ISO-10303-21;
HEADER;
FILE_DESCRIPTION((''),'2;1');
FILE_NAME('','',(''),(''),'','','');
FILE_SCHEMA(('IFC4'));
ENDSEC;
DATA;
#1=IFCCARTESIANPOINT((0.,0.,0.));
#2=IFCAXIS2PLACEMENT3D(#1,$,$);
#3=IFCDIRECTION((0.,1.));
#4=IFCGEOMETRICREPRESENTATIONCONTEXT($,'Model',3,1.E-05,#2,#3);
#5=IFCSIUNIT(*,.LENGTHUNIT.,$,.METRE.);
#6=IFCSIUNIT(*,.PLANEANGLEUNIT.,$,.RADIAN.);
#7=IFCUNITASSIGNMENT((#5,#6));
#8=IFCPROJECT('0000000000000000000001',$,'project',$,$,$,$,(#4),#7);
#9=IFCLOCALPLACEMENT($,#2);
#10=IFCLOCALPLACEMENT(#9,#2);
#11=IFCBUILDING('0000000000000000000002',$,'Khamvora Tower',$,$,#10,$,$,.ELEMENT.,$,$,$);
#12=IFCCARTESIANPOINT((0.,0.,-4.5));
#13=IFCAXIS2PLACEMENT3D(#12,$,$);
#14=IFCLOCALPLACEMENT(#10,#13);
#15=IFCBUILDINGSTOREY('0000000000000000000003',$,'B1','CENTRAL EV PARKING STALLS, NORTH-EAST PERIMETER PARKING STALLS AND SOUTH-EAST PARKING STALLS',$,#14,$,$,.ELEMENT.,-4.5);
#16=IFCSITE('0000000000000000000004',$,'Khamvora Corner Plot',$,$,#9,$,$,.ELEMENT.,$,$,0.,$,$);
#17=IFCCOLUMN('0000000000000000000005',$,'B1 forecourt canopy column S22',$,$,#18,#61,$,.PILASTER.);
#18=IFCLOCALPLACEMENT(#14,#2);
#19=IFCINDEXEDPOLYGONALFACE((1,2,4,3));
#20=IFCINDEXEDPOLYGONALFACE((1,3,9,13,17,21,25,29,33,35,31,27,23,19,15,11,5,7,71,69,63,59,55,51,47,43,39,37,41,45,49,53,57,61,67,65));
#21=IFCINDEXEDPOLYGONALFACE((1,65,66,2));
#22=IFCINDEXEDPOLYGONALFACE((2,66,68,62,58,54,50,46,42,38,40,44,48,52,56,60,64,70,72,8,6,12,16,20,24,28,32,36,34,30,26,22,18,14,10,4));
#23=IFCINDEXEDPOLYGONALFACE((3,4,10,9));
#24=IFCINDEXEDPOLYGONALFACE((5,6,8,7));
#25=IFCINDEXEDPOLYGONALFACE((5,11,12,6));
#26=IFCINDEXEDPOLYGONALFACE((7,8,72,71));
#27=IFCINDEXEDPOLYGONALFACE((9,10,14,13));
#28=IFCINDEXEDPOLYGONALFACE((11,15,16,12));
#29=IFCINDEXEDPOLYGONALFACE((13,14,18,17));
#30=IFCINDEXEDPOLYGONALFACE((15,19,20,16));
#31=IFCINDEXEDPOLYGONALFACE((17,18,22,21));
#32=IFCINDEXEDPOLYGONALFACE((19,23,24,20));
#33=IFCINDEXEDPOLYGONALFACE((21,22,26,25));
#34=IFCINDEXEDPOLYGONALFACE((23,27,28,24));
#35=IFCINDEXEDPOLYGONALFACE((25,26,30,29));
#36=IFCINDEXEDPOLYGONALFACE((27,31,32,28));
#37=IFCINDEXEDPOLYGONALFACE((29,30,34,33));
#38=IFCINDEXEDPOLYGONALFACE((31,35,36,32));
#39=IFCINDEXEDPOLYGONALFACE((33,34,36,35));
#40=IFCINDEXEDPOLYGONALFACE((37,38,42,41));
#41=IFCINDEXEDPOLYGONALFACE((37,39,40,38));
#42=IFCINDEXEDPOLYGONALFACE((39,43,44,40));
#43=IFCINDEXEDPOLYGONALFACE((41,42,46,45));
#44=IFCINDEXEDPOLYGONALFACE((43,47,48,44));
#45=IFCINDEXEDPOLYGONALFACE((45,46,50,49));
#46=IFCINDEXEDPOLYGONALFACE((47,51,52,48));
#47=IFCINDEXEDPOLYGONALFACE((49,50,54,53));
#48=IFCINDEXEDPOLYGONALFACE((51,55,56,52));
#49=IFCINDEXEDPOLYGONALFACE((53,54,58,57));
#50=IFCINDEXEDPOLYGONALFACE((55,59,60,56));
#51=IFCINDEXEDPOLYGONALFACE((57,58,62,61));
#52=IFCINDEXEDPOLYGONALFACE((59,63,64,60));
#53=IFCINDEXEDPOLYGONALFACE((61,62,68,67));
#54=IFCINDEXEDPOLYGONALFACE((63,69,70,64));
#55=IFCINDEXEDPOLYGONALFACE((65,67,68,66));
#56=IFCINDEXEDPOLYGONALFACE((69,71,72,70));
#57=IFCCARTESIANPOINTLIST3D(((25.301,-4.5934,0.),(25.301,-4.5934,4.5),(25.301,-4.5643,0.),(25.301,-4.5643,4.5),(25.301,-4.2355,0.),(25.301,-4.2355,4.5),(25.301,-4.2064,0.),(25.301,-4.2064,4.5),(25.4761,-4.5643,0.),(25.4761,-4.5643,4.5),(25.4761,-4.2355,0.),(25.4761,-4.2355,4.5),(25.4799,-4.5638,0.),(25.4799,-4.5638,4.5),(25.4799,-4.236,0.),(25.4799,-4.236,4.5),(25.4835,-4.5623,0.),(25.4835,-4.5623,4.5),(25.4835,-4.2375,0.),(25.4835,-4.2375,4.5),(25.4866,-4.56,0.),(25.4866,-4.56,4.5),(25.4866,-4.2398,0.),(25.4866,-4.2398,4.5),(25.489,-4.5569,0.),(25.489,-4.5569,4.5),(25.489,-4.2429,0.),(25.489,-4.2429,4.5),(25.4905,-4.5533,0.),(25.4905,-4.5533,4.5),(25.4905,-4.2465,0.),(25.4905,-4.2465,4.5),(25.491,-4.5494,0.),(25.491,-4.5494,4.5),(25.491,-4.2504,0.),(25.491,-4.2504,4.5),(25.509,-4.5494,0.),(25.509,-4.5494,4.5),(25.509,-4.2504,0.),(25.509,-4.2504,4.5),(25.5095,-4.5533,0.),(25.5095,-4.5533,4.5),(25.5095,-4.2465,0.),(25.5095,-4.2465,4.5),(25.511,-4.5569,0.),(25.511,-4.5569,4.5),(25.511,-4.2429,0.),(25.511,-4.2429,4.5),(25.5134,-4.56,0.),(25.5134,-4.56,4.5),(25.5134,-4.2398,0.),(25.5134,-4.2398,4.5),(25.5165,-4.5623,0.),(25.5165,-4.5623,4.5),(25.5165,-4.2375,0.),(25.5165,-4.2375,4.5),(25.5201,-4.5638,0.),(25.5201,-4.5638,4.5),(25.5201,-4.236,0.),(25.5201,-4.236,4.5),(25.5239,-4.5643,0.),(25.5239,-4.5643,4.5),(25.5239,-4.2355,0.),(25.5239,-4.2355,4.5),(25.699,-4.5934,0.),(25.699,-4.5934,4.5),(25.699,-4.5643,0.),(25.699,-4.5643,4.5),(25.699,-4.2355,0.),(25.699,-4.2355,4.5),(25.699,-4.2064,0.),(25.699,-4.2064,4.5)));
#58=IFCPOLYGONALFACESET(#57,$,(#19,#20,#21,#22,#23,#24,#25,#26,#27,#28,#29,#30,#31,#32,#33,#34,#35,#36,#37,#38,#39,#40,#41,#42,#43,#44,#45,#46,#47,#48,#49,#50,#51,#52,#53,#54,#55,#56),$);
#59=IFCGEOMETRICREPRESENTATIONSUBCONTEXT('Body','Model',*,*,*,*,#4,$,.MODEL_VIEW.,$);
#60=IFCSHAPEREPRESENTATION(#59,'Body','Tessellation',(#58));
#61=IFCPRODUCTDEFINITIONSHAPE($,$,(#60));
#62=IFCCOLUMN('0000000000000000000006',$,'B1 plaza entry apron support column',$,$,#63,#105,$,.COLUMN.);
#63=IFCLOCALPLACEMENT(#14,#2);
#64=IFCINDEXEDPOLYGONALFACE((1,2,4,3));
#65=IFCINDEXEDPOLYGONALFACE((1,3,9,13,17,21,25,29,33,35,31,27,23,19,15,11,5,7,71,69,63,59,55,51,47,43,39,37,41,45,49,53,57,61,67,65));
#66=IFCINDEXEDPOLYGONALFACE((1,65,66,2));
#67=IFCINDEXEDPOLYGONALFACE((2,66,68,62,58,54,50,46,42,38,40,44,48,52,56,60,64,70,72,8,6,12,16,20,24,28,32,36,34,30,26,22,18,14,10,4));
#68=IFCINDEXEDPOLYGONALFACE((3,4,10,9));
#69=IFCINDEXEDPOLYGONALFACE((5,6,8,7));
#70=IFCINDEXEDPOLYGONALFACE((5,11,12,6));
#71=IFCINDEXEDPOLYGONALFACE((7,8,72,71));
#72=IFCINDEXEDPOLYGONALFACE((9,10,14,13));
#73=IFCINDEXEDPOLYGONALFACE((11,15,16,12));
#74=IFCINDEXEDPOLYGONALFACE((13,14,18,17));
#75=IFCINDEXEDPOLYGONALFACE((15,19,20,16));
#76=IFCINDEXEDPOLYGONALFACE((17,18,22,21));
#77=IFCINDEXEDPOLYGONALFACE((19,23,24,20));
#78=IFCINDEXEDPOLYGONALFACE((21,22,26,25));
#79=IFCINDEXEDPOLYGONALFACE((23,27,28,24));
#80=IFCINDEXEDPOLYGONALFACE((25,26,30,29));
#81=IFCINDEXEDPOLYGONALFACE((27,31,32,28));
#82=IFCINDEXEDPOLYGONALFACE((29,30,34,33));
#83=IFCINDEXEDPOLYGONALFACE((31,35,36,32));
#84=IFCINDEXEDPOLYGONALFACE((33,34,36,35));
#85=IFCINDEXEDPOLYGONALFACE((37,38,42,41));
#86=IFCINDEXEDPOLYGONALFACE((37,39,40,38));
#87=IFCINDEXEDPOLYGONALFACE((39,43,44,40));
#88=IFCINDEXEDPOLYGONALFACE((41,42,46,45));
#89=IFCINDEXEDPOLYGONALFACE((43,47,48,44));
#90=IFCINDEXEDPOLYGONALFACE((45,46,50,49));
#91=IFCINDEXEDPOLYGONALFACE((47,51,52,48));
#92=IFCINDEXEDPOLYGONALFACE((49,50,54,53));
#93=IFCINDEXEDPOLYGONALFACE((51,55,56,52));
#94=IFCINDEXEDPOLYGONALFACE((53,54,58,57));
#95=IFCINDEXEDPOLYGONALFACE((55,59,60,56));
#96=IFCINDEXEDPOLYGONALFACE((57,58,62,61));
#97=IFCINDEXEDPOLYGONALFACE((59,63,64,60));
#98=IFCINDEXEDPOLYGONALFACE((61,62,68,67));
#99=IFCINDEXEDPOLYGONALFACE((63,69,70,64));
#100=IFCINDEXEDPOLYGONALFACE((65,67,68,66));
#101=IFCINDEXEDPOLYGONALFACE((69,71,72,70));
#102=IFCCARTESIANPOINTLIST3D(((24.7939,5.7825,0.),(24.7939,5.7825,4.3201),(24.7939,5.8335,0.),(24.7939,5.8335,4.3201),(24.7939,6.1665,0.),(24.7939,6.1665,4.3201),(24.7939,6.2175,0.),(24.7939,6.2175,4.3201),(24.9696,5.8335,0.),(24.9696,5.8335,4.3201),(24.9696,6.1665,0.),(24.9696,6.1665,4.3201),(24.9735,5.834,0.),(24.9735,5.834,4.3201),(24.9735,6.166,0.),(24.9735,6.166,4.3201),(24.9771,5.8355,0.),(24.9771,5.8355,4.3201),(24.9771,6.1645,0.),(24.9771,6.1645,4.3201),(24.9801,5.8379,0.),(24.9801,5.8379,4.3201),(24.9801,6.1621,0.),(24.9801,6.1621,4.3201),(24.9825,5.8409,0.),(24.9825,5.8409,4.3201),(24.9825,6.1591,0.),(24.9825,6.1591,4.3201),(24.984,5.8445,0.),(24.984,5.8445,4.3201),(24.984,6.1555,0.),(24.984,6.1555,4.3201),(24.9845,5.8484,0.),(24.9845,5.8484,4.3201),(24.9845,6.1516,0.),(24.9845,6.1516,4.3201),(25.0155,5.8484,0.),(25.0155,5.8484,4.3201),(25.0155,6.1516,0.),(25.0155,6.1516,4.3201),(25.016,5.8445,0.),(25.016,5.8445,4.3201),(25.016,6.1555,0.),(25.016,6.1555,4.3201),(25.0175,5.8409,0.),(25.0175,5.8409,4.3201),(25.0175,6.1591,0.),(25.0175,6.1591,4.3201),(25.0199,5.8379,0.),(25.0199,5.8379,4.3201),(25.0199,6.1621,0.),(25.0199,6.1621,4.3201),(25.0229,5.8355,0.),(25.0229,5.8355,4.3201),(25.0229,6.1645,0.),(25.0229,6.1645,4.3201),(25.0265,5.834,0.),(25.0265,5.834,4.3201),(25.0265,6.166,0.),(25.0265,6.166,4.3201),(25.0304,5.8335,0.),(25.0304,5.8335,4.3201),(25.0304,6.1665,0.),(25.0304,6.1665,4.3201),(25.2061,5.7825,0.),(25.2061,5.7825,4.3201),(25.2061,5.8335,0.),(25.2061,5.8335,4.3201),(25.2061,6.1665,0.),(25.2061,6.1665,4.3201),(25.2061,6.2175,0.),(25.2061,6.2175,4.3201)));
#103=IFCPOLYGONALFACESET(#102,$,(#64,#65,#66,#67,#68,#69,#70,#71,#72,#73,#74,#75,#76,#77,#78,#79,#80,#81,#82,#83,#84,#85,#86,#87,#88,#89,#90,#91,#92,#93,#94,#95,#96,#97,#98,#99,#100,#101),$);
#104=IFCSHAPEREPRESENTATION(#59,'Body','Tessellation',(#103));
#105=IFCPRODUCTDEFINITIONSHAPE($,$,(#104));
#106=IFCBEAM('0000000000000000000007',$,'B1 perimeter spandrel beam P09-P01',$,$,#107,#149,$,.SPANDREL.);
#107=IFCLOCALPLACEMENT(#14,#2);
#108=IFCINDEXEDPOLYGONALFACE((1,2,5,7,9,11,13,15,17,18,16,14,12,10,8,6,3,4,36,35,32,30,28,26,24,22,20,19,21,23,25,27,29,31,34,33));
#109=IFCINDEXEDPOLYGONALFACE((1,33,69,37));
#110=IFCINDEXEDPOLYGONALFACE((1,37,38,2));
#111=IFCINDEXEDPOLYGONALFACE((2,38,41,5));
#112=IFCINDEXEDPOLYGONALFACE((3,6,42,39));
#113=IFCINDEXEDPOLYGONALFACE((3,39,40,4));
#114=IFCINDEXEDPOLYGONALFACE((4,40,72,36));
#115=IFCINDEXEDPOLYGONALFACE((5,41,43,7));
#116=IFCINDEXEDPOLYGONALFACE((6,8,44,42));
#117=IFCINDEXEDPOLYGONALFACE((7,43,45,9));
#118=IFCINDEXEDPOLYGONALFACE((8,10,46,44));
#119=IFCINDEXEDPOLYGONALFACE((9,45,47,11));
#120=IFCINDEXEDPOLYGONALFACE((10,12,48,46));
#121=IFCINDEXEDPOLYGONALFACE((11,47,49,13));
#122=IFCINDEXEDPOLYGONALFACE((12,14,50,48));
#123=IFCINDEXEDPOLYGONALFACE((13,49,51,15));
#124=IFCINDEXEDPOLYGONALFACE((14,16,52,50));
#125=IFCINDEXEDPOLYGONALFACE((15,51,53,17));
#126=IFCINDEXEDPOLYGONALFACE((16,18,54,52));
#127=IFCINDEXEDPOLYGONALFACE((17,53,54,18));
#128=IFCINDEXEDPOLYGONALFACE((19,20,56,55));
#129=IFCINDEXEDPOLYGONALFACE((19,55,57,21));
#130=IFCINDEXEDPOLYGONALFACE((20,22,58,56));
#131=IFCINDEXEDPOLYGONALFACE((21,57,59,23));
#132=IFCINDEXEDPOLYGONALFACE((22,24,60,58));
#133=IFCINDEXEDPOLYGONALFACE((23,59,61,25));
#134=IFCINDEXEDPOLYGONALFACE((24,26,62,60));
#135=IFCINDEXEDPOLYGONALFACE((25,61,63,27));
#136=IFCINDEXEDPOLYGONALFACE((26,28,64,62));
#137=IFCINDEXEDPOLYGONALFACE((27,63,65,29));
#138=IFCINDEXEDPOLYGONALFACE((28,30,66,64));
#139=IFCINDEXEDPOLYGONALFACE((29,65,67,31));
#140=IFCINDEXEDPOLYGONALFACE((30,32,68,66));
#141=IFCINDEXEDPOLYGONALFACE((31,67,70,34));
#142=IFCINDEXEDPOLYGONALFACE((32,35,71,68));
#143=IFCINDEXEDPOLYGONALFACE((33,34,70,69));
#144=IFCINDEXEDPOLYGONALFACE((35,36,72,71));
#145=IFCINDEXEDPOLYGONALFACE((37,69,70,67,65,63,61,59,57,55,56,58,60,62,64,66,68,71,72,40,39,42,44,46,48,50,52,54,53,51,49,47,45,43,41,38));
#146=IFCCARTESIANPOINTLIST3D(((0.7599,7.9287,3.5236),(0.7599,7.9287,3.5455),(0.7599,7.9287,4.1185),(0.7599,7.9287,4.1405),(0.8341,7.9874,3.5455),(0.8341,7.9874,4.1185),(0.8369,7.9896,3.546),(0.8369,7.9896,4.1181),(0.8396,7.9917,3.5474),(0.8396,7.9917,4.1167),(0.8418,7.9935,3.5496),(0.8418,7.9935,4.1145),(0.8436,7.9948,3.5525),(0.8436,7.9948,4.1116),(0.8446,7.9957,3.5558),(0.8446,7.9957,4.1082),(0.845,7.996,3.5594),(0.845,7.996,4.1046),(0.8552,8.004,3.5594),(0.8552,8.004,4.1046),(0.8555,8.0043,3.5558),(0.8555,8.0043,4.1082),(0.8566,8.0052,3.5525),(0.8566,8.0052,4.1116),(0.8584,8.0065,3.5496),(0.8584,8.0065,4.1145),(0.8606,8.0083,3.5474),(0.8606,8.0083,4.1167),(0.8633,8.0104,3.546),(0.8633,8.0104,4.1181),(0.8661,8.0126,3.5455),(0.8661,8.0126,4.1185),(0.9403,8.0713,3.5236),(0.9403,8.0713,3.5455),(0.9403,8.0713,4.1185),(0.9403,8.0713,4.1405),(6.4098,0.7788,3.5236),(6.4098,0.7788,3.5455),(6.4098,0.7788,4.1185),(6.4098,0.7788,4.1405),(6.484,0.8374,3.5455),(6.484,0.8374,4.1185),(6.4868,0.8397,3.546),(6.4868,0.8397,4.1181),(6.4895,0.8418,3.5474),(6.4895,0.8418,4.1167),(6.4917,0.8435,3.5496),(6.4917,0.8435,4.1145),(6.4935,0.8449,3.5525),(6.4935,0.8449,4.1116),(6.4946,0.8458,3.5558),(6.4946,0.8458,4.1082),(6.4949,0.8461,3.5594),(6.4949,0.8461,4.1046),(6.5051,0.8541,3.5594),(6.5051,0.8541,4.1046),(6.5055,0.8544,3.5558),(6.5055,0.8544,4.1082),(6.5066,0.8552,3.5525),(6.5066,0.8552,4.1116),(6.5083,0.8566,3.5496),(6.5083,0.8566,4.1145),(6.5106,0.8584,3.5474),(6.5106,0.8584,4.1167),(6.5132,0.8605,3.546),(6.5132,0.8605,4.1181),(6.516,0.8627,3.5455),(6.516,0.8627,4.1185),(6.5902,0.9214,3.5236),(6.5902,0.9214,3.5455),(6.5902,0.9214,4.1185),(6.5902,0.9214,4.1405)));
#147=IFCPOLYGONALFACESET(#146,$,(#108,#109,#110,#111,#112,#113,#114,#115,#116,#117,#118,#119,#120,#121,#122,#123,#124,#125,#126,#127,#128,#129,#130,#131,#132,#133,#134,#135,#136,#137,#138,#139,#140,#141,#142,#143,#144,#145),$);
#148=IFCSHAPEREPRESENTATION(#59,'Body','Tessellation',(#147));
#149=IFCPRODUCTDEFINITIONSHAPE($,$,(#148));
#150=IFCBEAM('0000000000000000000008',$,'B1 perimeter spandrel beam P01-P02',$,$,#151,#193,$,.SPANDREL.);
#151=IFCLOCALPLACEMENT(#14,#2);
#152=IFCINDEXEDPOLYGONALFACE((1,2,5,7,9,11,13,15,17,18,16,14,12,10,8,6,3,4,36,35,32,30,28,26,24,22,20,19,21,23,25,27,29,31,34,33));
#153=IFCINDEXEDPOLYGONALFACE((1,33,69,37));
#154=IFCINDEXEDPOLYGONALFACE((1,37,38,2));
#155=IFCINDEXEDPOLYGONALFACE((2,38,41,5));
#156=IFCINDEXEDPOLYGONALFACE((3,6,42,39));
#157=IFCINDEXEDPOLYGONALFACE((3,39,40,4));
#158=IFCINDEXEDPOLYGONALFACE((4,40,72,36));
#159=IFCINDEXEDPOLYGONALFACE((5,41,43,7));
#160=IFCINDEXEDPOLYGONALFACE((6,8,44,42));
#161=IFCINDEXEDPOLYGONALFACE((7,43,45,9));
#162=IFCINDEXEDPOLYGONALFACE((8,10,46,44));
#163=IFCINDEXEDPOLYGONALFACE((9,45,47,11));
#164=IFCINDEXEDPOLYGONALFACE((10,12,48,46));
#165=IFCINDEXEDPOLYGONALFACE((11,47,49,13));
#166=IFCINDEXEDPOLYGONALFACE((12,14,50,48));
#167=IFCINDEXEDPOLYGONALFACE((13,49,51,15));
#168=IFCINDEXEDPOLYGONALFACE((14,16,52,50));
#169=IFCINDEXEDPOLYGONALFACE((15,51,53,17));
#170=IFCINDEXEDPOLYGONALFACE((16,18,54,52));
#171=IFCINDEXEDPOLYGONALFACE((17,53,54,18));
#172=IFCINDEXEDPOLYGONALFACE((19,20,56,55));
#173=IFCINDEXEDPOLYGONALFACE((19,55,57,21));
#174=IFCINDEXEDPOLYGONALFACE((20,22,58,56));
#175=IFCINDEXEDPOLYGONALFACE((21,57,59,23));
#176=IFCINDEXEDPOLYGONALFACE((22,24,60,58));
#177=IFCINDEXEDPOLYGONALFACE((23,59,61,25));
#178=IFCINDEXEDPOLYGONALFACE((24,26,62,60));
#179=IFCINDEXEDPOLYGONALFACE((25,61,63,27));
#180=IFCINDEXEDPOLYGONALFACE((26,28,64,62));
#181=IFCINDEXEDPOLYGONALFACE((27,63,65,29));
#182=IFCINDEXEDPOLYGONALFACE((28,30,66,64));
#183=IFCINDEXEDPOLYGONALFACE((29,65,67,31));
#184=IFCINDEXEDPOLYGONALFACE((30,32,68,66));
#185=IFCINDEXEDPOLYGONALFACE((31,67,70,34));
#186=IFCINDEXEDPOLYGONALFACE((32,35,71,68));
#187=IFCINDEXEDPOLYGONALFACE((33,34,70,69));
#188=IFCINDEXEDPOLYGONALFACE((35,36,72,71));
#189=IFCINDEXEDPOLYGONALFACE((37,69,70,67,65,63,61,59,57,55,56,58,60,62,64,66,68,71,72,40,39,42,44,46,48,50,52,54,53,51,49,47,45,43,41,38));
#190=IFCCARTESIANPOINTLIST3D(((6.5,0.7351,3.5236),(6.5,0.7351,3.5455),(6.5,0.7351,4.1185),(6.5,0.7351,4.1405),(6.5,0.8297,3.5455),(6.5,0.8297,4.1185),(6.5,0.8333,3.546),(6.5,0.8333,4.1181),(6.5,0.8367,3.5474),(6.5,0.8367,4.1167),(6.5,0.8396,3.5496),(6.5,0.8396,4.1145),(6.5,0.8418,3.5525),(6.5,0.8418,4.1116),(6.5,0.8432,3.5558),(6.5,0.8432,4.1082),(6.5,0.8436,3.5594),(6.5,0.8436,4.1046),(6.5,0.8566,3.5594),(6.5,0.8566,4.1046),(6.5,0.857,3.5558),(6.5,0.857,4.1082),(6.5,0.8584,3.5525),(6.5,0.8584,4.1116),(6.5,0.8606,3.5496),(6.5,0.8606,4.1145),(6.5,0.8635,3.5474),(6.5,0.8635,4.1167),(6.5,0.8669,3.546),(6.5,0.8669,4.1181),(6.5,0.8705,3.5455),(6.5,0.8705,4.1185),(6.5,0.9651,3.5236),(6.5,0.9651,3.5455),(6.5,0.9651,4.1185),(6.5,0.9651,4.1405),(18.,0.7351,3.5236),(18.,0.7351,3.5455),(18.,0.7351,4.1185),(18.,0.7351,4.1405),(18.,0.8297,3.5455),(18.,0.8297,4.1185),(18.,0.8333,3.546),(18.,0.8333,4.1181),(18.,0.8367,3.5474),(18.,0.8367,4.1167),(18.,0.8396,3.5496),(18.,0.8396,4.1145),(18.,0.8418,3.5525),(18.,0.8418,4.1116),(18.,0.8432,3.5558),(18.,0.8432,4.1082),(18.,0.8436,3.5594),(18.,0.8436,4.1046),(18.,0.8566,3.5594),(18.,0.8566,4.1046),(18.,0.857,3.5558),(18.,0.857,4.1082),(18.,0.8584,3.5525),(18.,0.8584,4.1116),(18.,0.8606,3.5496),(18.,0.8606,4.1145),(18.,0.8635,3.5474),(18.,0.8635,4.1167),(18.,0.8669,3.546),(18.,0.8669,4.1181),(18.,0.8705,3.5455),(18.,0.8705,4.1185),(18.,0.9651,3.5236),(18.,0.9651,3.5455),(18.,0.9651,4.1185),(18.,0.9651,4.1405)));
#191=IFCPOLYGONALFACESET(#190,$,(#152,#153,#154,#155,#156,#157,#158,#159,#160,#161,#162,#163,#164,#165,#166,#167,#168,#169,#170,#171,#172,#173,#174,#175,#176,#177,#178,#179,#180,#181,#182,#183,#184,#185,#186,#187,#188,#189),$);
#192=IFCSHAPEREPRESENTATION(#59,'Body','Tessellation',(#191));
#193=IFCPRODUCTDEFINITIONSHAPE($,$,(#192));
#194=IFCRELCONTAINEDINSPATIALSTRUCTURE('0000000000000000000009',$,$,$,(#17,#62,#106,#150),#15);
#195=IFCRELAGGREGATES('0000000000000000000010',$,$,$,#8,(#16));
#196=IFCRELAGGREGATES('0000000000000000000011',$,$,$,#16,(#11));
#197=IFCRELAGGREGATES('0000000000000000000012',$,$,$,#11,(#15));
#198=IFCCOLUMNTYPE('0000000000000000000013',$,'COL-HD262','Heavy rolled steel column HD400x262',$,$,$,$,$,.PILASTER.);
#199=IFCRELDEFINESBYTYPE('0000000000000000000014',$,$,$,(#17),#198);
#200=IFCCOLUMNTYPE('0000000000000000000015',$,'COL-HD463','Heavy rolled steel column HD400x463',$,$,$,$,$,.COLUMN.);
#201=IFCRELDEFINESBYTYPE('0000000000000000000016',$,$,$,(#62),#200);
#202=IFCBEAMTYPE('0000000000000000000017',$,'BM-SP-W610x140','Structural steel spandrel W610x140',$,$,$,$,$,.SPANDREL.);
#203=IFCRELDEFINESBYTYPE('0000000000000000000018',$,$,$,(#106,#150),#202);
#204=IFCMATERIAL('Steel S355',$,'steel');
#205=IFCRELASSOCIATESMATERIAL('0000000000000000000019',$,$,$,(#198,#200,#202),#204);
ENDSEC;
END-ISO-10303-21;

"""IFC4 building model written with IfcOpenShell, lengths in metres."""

from ifc_helpers import new_model, si_unit, direction, frame, origin, origin_2d, place, context, subcontext, project, spatial, i_section, extrude, material, material_profile, profile_set, type_object, element, save


model = new_model("IFC4")

# Units and contexts
model_context = context("Model", 3, precision=1e-05, world=origin(), true_north=direction((0.0, 1.0)))
body_context = subcontext(model_context, "Body", "Model", "MODEL_VIEW")
ifc_project = project(units=[si_unit("LENGTHUNIT", "METRE"), si_unit("PLANEANGLEUNIT", "RADIAN")], contexts=[model_context])

# Site, building, storey
site_placement = place(None, origin())
site = spatial("IfcSite", under=ifc_project, at=site_placement, Name="Khamvora Corner Plot", CompositionType="ELEMENT", RefElevation=0.0)
building_placement = place(site_placement, origin())
building = spatial("IfcBuilding", under=site, at=building_placement, Name="Khamvora Tower", CompositionType="ELEMENT")
storey_placement = place(building_placement, frame((0.0, 0.0, -4.5)))
storey = spatial("IfcBuildingStorey", under=building, at=storey_placement, Name="B1", Description="CENTRAL EV PARKING STALLS, NORTH-EAST PERIMETER PARKING STALLS AND SOUTH-EAST PARKING STALLS", CompositionType="ELEMENT", Elevation=-4.5)

# Columns
ifc_material_1 = material(Name="Steel S355", Category="steel")
ifc_material_profile_1 = material_profile(ifc_material_1, i_section(OverallWidth=0.3979, OverallDepth=0.387, WebThickness=0.0181, FlangeThickness=0.0291, FilletRadius=0.0149, at=origin_2d()), Name="HD400x262")
ifc_profile_set_1 = profile_set([ifc_material_profile_1], Name="Steel S355")
column_type_1 = type_object("IfcColumnType", Name="COL-HD262", Description="Heavy rolled steel column HD400x262", PredefinedType="PILASTER", material=ifc_profile_set_1)
for number, where, z_axis, x_axis, name in (
    (1, (25.5, -4.3999, 0.0), (0.0, 0.0, 1.0), (1.0, 0.0, 0.0), "B1 forecourt canopy column S22"),
):
    element("IfcColumn", number, at=place(storey_placement, frame(where, z_axis=z_axis, x_axis=x_axis)), inside=storey, type_object=column_type_1, Name=name, PredefinedType="PILASTER", context=body_context, shape_type="SweptSolid", body=[
        extrude(i_section(OverallWidth=0.3979, OverallDepth=0.387, WebThickness=0.0181, FlangeThickness=0.0291, FilletRadius=0.0149, at=origin_2d()), origin(), (0.0, 0.0, 1.0), 4.5),
    ])
ifc_material_profile_2 = material_profile(ifc_material_1, i_section(OverallWidth=0.4121, OverallDepth=0.4351, WebThickness=0.031, FlangeThickness=0.051, FilletRadius=0.0149, at=origin_2d()), Name="HD400x463")
ifc_profile_set_2 = profile_set([ifc_material_profile_2], Name="Steel S355")
column_type_2 = type_object("IfcColumnType", Name="COL-HD463", Description="Heavy rolled steel column HD400x463", PredefinedType="COLUMN", material=ifc_profile_set_2)
column_placement = place(storey_placement, frame((25.0, 6.0, 0.0), z_axis=(0.0, 0.0, 1.0), x_axis=(1.0, 0.0, 0.0)))
element("IfcColumn", 2, at=column_placement, inside=storey, type_object=column_type_2, Name="B1 plaza entry apron support column", PredefinedType="COLUMN", context=body_context, shape_type="SweptSolid", body=[
    extrude(i_section(OverallWidth=0.4121, OverallDepth=0.4351, WebThickness=0.031, FlangeThickness=0.051, FilletRadius=0.0149, at=origin_2d()), origin(), (0.0, 0.0, 1.0), 4.3201),
])

# Beams
ifc_material_profile_3 = material_profile(ifc_material_1, i_section(OverallWidth=0.23, OverallDepth=0.6169, WebThickness=0.0129, FlangeThickness=0.022, FilletRadius=0.0139, at=origin_2d()), Name="W610x140")
ifc_profile_set_3 = profile_set([ifc_material_profile_3], Name="Steel S355")
beam_type = type_object("IfcBeamType", Name="BM-SP-W610x140", Description="Structural steel spandrel W610x140", PredefinedType="SPANDREL", material=ifc_profile_set_3)
beam_1_placement = place(storey_placement, frame((0.8501, 8.0, 3.832), z_axis=(0.619999, -0.784603, 0.0), x_axis=(0.784603, 0.619999, 0.0)))
element("IfcBeam", 3, at=beam_1_placement, inside=storey, type_object=beam_type, Name="B1 perimeter spandrel beam P09-P01", PredefinedType="SPANDREL", context=body_context, shape_type="SweptSolid", body=[
    extrude(i_section(OverallWidth=0.23, OverallDepth=0.6169, WebThickness=0.0129, FlangeThickness=0.022, FilletRadius=0.0139, at=origin_2d()), origin(), (0.0, 0.0, 1.0), 9.1128),
])
beam_2_placement = place(storey_placement, frame((6.5, 0.8501, 3.832), z_axis=(1.0, 0.0, 0.0), x_axis=(0.0, 1.0, 0.0)))
element("IfcBeam", 4, at=beam_2_placement, inside=storey, type_object=beam_type, Name="B1 perimeter spandrel beam P01-P02", PredefinedType="SPANDREL", context=body_context, shape_type="SweptSolid", body=[
    extrude(i_section(OverallWidth=0.23, OverallDepth=0.6169, WebThickness=0.0129, FlangeThickness=0.022, FilletRadius=0.0139, at=origin_2d()), origin(), (0.0, 0.0, 1.0), 11.5),
])

save(model, "model.ifc")
